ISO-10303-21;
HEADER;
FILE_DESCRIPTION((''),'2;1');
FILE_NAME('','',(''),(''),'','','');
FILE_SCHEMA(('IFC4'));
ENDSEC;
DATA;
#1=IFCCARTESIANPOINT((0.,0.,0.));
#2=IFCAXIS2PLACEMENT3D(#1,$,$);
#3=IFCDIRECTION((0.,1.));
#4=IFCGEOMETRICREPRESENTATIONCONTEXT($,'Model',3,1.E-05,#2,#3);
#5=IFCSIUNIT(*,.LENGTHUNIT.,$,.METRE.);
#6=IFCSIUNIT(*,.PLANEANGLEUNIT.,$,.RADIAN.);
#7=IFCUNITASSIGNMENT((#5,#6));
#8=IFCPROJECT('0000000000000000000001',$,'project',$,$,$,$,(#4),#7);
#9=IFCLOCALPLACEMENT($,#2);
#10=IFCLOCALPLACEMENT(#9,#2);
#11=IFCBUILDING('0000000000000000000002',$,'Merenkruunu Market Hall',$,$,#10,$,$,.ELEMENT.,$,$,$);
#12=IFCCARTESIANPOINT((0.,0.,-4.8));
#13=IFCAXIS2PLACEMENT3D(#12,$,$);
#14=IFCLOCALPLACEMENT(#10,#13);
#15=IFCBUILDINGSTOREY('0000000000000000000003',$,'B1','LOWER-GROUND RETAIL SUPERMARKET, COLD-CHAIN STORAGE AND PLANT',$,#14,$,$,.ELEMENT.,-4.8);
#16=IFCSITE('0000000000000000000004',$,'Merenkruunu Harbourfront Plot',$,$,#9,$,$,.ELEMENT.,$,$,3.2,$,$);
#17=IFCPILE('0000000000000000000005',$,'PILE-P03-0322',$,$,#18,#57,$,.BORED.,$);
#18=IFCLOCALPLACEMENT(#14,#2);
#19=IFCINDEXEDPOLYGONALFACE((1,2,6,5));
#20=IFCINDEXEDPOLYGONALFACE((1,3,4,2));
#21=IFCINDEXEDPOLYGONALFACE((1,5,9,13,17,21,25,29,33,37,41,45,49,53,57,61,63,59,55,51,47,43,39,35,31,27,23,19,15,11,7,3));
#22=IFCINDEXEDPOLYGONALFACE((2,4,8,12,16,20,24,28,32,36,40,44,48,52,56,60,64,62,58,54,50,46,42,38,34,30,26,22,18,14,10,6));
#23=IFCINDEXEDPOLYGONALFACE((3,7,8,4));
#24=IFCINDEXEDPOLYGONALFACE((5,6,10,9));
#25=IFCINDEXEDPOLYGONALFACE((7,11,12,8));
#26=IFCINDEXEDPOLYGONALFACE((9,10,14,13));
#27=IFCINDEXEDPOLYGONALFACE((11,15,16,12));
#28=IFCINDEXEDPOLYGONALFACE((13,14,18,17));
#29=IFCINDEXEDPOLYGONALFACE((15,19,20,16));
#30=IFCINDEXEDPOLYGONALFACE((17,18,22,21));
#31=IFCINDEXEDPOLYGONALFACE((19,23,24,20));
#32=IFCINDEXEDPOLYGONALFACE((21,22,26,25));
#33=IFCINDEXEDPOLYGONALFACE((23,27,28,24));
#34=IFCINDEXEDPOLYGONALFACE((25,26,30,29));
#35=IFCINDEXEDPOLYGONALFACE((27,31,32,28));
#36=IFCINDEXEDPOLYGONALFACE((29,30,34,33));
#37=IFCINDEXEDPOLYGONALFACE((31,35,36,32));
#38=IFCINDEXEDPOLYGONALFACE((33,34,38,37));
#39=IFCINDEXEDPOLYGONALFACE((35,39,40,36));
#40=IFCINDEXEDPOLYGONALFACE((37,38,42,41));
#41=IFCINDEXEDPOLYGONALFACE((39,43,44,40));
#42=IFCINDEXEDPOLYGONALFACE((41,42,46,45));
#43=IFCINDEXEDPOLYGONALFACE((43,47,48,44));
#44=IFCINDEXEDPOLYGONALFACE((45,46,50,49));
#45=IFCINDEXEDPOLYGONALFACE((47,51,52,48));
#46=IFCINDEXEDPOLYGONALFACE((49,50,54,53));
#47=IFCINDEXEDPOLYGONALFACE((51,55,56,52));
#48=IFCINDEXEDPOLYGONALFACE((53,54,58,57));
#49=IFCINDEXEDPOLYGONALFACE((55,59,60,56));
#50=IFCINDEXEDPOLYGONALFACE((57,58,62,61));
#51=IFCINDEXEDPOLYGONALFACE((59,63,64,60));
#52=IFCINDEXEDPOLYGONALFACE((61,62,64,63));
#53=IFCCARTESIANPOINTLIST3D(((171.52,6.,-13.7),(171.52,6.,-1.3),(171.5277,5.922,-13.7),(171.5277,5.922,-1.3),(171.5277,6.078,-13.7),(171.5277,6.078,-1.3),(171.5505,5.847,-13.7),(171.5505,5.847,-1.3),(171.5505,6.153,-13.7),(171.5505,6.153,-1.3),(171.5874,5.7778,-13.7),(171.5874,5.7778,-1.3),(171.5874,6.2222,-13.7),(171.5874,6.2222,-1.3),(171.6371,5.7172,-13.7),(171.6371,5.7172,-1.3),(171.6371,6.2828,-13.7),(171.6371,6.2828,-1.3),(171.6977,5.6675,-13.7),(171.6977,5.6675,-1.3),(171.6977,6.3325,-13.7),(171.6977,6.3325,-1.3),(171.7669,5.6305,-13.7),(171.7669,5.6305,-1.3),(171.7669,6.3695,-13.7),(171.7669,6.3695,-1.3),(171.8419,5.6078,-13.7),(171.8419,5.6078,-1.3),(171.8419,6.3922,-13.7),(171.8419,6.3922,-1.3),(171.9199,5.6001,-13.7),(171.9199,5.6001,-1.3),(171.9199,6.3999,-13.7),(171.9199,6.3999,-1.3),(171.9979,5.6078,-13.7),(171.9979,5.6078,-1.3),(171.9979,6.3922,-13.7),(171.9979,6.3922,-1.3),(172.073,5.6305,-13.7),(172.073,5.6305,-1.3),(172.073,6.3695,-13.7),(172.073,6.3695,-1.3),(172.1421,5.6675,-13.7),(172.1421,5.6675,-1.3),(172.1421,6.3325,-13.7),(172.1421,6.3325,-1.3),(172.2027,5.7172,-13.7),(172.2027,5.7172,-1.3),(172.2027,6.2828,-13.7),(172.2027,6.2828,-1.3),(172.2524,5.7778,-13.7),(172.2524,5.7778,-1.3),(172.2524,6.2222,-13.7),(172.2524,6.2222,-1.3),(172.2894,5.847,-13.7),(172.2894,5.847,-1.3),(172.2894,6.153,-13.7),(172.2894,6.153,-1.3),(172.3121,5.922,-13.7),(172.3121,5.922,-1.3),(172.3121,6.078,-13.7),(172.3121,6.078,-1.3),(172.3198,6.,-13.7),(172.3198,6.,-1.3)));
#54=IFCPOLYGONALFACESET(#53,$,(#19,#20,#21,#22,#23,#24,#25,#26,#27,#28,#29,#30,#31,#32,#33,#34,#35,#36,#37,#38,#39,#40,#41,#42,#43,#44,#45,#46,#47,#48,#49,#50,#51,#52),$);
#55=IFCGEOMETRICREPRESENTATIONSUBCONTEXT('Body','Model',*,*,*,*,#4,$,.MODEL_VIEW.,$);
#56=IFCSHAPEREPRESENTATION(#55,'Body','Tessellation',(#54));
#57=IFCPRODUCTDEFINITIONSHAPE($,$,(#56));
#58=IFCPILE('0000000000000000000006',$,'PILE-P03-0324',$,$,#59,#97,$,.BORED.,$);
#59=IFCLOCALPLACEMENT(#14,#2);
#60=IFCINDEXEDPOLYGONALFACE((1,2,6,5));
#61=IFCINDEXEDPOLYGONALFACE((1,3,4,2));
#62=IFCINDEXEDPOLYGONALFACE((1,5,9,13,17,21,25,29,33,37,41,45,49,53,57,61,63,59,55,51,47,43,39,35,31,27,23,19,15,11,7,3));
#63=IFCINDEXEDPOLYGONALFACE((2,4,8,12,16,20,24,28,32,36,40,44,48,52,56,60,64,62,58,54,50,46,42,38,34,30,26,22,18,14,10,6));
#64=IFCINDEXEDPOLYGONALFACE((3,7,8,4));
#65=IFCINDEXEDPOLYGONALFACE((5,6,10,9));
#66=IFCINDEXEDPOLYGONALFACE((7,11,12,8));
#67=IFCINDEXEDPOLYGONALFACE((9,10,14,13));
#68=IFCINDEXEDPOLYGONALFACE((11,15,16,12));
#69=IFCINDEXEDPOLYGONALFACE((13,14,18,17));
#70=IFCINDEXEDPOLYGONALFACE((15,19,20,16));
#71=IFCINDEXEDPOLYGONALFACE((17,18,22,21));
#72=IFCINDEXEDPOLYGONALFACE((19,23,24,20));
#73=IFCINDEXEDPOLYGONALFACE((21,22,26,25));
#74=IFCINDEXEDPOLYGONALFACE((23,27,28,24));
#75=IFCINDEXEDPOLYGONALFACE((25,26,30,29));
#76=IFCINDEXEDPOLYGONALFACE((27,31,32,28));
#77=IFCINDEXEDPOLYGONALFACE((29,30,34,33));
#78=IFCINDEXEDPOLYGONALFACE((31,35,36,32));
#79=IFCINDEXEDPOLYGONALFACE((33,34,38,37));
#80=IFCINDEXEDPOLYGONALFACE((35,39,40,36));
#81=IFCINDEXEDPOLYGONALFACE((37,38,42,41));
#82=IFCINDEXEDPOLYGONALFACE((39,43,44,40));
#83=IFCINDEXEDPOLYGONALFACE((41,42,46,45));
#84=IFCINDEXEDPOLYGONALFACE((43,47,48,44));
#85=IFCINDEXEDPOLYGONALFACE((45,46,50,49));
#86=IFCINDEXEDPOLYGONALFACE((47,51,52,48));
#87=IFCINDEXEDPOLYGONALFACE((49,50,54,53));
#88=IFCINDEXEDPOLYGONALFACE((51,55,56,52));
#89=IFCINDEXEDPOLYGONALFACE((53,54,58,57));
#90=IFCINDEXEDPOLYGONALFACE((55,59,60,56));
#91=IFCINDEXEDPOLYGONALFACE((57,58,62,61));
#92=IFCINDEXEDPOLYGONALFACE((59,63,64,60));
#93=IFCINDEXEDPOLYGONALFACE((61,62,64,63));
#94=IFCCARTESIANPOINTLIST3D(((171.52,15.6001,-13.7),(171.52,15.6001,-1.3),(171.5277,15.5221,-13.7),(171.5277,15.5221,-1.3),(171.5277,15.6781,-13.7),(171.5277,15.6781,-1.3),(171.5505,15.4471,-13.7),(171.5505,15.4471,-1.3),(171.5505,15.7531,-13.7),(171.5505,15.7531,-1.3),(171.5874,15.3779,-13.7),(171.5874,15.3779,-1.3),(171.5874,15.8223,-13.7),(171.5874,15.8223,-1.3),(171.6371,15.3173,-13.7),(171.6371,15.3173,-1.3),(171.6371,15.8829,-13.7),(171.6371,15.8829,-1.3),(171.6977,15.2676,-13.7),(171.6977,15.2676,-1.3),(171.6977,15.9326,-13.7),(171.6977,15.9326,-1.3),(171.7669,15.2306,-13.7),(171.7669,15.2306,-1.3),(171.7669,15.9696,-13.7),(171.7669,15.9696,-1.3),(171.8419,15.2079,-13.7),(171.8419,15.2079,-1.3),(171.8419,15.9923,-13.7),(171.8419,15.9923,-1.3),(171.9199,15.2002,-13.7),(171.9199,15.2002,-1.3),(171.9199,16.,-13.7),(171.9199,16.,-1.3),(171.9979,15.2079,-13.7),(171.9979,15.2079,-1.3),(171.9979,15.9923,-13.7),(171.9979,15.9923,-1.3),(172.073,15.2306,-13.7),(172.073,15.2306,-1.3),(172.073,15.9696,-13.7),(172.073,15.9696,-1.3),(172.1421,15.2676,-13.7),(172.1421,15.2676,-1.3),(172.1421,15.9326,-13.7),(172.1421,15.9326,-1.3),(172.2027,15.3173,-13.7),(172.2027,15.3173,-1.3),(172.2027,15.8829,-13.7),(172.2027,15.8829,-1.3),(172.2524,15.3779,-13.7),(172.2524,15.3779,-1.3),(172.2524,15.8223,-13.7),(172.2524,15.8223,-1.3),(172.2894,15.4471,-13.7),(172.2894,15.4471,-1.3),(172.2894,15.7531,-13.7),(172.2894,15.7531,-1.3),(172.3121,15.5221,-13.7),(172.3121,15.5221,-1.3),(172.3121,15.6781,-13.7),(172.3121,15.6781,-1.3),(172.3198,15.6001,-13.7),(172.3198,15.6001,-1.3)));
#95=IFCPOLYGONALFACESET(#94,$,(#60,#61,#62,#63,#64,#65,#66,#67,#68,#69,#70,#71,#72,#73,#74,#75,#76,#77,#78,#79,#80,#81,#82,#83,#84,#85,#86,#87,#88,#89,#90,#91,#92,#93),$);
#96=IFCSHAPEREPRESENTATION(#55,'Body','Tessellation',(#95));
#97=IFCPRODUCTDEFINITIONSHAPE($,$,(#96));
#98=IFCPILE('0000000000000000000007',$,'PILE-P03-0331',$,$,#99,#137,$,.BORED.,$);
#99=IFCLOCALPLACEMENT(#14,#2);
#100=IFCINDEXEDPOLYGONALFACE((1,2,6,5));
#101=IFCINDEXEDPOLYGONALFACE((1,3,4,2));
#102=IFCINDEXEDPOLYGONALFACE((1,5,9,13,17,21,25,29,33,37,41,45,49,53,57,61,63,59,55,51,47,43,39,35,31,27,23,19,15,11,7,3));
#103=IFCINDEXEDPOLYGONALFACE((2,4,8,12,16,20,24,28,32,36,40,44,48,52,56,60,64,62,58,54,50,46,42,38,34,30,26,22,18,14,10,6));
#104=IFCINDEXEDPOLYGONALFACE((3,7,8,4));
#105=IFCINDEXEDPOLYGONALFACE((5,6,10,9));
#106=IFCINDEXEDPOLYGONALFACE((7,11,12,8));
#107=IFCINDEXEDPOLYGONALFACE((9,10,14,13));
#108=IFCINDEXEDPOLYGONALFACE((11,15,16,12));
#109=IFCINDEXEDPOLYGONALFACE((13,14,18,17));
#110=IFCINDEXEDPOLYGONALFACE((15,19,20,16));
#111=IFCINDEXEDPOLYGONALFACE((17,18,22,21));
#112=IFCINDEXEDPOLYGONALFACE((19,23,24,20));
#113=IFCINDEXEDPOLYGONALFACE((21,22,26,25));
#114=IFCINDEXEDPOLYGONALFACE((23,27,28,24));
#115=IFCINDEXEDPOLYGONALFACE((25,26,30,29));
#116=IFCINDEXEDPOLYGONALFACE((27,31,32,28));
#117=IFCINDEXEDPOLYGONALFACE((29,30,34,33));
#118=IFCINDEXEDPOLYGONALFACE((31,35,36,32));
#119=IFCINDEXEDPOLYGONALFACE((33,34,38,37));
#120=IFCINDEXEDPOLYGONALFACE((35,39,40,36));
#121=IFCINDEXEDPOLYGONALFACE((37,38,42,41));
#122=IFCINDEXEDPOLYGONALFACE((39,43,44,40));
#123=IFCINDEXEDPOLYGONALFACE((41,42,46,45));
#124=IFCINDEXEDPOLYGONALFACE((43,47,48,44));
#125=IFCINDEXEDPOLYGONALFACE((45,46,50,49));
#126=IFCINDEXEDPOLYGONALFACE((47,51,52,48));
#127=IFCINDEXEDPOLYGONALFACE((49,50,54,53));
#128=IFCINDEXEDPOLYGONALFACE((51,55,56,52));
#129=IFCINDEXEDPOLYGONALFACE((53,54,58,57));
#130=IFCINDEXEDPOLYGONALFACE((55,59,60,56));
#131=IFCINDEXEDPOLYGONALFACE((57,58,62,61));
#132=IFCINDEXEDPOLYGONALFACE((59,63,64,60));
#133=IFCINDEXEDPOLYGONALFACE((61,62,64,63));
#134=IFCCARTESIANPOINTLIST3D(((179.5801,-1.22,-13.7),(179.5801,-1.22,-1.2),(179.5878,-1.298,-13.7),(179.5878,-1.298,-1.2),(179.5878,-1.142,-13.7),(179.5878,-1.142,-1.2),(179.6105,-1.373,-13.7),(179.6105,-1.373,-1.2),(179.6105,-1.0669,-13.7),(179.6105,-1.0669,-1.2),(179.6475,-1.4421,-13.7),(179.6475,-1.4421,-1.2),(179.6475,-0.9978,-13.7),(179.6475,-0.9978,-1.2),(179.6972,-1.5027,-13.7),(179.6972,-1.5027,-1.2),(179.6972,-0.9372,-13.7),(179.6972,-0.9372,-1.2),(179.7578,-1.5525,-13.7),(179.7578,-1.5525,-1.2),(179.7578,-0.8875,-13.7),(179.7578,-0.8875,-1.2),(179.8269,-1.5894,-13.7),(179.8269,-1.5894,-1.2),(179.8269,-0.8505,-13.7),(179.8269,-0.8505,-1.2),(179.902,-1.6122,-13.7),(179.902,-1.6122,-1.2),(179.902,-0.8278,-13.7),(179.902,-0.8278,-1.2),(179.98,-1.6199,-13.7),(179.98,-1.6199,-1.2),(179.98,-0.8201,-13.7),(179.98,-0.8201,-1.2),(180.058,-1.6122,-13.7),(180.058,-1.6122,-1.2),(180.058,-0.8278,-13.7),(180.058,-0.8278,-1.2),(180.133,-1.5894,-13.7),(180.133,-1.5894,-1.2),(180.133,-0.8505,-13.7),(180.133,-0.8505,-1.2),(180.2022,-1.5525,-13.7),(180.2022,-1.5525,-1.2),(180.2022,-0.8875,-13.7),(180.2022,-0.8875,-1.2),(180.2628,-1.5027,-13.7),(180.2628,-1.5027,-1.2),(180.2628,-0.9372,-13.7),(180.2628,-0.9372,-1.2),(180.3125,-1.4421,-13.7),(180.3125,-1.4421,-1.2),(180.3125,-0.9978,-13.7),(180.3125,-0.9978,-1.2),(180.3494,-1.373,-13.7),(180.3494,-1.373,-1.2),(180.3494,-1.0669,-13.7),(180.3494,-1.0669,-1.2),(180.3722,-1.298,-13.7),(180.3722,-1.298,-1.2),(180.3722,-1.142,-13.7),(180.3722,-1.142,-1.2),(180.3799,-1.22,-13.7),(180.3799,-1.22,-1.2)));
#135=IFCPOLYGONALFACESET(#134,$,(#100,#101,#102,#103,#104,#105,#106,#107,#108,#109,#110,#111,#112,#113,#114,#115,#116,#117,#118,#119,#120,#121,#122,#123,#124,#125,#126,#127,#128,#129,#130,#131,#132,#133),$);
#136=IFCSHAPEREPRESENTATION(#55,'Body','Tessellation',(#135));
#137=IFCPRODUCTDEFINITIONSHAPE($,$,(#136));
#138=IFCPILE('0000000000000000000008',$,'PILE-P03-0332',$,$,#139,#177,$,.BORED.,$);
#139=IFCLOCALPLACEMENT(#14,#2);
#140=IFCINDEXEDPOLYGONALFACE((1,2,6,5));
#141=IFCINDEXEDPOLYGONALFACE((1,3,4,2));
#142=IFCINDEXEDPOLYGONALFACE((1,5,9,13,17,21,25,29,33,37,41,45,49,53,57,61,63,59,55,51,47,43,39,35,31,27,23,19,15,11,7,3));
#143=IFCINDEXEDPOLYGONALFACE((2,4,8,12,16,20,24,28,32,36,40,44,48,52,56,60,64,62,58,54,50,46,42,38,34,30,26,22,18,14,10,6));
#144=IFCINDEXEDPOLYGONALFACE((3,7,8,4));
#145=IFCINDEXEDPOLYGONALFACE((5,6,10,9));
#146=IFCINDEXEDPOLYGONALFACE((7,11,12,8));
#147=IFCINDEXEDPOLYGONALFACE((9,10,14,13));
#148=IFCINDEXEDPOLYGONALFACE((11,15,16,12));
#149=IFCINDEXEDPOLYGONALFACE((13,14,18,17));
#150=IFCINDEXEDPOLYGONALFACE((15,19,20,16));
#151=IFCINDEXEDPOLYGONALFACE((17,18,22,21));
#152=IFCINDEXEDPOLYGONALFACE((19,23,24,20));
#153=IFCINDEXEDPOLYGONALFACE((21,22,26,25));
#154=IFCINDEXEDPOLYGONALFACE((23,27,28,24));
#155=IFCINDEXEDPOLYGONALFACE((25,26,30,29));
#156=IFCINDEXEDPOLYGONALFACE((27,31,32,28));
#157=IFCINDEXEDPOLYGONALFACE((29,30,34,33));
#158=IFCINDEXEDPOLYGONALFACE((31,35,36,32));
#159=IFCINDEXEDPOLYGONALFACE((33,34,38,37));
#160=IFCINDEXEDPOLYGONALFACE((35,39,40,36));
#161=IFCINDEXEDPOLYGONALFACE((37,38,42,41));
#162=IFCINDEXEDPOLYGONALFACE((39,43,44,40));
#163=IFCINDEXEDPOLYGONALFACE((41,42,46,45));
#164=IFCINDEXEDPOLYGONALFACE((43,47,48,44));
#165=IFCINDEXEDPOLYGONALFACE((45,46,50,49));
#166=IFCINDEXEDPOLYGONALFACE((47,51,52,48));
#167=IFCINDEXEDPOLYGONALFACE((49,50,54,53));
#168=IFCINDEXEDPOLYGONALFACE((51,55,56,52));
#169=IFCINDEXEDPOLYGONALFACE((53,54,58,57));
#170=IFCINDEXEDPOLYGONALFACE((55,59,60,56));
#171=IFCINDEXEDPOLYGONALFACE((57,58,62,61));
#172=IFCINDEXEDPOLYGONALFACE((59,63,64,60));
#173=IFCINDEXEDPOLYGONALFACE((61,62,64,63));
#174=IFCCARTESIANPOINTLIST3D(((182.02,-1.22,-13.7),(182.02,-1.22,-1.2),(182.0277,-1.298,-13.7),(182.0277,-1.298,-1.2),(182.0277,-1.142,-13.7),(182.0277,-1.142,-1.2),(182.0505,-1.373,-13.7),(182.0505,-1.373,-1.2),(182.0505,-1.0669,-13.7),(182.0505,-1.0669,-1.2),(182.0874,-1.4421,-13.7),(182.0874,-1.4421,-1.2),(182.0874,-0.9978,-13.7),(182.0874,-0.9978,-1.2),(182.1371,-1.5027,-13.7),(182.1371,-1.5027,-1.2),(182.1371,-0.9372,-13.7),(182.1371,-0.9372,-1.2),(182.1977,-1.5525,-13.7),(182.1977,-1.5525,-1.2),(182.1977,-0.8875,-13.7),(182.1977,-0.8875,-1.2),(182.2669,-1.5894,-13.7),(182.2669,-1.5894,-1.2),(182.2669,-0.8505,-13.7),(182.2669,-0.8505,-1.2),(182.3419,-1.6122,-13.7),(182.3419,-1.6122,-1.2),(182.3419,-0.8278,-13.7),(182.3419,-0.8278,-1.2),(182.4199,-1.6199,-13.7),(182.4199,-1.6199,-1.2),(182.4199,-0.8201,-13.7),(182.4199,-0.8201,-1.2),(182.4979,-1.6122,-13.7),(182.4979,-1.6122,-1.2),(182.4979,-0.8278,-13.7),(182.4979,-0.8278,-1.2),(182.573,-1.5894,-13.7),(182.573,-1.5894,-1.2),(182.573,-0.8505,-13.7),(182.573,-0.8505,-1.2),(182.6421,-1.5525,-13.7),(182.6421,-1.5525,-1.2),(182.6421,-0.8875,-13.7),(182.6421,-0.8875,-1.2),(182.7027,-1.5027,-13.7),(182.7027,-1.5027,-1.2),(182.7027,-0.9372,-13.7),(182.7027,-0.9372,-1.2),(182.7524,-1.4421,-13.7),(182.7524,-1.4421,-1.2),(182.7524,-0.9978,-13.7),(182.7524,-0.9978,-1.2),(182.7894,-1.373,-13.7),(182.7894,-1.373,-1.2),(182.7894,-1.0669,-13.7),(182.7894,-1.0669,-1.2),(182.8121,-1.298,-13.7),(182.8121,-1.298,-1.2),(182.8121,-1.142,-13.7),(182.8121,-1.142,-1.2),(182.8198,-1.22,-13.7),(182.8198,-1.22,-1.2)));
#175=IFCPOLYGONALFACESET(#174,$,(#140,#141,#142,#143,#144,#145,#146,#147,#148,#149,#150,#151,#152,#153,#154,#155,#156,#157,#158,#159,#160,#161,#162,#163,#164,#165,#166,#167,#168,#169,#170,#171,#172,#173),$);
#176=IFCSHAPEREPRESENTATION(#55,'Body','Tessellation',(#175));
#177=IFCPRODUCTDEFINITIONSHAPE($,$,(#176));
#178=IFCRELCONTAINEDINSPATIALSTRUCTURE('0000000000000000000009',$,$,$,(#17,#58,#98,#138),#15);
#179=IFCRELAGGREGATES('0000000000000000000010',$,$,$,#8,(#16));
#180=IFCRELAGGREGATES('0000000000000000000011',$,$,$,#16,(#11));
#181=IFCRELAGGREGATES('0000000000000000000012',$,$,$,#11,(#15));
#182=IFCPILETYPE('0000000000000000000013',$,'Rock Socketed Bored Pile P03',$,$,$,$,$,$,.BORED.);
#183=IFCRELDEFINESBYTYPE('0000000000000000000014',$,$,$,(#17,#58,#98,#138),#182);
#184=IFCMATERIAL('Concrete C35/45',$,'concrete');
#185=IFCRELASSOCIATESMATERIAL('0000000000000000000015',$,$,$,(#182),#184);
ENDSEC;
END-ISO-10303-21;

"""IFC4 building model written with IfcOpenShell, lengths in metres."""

from ifc_helpers import new_model, si_unit, direction, frame, origin, origin_2d, place, context, subcontext, project, spatial, circle, extrude, material, material_profile, profile_set, type_object, element, save


model = new_model("IFC4")

# Units and contexts
model_context = context("Model", 3, precision=1e-05, world=origin(), true_north=direction((0.0, 1.0)))
body_context = subcontext(model_context, "Body", "Model", "MODEL_VIEW")
ifc_project = project(units=[si_unit("LENGTHUNIT", "METRE"), si_unit("PLANEANGLEUNIT", "RADIAN")], contexts=[model_context])

# Site, building, storey
site_placement = place(None, origin())
site = spatial("IfcSite", under=ifc_project, at=site_placement, Name="Merenkruunu Harbourfront Plot", CompositionType="ELEMENT", RefElevation=3.2)
building_placement = place(site_placement, origin())
building = spatial("IfcBuilding", under=site, at=building_placement, Name="Merenkruunu Market Hall", CompositionType="ELEMENT")
storey_placement = place(building_placement, frame((0.0, 0.0, -4.8)))
storey = spatial("IfcBuildingStorey", under=building, at=storey_placement, Name="B1", Description="LOWER-GROUND RETAIL SUPERMARKET, COLD-CHAIN STORAGE AND PLANT", CompositionType="ELEMENT", Elevation=-4.8)

# Shared definitions
ifc_material = material(Name="Concrete C35/45", Category="concrete")

# Piles
ifc_material_profile_1 = material_profile(ifc_material, circle(Radius=0.3999, at=origin_2d()), Name="BORED PILE 800")
ifc_profile_set_1 = profile_set([ifc_material_profile_1], Name="Concrete C35/45")
pile_type_1 = type_object("IfcPileType", Name="Rock Socketed Bored Pile P03", PredefinedType="BORED", material=ifc_profile_set_1)
for number, where, z_axis, x_axis, name in (
    (1, (171.9199, 6.0, -1.3), (0.0, 0.0, -1.0), (1.0, 0.0, 0.0), "PILE-P03-0322"),
    (2, (171.9199, 15.6001, -1.3), (0.0, 0.0, -1.0), (1.0, 0.0, 0.0), "PILE-P03-0324"),
):
    element("IfcPile", number, at=place(storey_placement, frame(where, z_axis=z_axis, x_axis=x_axis)), inside=storey, type_object=pile_type_1, Name=name, PredefinedType="BORED", context=body_context, shape_type="SweptSolid", body=[
        extrude(circle(Radius=0.3999, at=origin_2d()), origin(), (0.0, 0.0, 1.0), 12.3999),
    ])
for number, where, z_axis, x_axis, name in (
    (3, (179.98, -1.22, -1.2), (0.0, 0.0, -1.0), (1.0, 0.0, 0.0), "PILE-P03-0331"),
    (4, (182.4199, -1.22, -1.2), (0.0, 0.0, -1.0), (1.0, 0.0, 0.0), "PILE-P03-0332"),
):
    element("IfcPile", number, at=place(storey_placement, frame(where, z_axis=z_axis, x_axis=x_axis)), inside=storey, type_object=pile_type_1, Name=name, PredefinedType="BORED", context=body_context, shape_type="SweptSolid", body=[
        extrude(circle(Radius=0.3999, at=origin_2d()), origin(), (0.0, 0.0, 1.0), 12.5),
    ])

save(model, "model.ifc")
